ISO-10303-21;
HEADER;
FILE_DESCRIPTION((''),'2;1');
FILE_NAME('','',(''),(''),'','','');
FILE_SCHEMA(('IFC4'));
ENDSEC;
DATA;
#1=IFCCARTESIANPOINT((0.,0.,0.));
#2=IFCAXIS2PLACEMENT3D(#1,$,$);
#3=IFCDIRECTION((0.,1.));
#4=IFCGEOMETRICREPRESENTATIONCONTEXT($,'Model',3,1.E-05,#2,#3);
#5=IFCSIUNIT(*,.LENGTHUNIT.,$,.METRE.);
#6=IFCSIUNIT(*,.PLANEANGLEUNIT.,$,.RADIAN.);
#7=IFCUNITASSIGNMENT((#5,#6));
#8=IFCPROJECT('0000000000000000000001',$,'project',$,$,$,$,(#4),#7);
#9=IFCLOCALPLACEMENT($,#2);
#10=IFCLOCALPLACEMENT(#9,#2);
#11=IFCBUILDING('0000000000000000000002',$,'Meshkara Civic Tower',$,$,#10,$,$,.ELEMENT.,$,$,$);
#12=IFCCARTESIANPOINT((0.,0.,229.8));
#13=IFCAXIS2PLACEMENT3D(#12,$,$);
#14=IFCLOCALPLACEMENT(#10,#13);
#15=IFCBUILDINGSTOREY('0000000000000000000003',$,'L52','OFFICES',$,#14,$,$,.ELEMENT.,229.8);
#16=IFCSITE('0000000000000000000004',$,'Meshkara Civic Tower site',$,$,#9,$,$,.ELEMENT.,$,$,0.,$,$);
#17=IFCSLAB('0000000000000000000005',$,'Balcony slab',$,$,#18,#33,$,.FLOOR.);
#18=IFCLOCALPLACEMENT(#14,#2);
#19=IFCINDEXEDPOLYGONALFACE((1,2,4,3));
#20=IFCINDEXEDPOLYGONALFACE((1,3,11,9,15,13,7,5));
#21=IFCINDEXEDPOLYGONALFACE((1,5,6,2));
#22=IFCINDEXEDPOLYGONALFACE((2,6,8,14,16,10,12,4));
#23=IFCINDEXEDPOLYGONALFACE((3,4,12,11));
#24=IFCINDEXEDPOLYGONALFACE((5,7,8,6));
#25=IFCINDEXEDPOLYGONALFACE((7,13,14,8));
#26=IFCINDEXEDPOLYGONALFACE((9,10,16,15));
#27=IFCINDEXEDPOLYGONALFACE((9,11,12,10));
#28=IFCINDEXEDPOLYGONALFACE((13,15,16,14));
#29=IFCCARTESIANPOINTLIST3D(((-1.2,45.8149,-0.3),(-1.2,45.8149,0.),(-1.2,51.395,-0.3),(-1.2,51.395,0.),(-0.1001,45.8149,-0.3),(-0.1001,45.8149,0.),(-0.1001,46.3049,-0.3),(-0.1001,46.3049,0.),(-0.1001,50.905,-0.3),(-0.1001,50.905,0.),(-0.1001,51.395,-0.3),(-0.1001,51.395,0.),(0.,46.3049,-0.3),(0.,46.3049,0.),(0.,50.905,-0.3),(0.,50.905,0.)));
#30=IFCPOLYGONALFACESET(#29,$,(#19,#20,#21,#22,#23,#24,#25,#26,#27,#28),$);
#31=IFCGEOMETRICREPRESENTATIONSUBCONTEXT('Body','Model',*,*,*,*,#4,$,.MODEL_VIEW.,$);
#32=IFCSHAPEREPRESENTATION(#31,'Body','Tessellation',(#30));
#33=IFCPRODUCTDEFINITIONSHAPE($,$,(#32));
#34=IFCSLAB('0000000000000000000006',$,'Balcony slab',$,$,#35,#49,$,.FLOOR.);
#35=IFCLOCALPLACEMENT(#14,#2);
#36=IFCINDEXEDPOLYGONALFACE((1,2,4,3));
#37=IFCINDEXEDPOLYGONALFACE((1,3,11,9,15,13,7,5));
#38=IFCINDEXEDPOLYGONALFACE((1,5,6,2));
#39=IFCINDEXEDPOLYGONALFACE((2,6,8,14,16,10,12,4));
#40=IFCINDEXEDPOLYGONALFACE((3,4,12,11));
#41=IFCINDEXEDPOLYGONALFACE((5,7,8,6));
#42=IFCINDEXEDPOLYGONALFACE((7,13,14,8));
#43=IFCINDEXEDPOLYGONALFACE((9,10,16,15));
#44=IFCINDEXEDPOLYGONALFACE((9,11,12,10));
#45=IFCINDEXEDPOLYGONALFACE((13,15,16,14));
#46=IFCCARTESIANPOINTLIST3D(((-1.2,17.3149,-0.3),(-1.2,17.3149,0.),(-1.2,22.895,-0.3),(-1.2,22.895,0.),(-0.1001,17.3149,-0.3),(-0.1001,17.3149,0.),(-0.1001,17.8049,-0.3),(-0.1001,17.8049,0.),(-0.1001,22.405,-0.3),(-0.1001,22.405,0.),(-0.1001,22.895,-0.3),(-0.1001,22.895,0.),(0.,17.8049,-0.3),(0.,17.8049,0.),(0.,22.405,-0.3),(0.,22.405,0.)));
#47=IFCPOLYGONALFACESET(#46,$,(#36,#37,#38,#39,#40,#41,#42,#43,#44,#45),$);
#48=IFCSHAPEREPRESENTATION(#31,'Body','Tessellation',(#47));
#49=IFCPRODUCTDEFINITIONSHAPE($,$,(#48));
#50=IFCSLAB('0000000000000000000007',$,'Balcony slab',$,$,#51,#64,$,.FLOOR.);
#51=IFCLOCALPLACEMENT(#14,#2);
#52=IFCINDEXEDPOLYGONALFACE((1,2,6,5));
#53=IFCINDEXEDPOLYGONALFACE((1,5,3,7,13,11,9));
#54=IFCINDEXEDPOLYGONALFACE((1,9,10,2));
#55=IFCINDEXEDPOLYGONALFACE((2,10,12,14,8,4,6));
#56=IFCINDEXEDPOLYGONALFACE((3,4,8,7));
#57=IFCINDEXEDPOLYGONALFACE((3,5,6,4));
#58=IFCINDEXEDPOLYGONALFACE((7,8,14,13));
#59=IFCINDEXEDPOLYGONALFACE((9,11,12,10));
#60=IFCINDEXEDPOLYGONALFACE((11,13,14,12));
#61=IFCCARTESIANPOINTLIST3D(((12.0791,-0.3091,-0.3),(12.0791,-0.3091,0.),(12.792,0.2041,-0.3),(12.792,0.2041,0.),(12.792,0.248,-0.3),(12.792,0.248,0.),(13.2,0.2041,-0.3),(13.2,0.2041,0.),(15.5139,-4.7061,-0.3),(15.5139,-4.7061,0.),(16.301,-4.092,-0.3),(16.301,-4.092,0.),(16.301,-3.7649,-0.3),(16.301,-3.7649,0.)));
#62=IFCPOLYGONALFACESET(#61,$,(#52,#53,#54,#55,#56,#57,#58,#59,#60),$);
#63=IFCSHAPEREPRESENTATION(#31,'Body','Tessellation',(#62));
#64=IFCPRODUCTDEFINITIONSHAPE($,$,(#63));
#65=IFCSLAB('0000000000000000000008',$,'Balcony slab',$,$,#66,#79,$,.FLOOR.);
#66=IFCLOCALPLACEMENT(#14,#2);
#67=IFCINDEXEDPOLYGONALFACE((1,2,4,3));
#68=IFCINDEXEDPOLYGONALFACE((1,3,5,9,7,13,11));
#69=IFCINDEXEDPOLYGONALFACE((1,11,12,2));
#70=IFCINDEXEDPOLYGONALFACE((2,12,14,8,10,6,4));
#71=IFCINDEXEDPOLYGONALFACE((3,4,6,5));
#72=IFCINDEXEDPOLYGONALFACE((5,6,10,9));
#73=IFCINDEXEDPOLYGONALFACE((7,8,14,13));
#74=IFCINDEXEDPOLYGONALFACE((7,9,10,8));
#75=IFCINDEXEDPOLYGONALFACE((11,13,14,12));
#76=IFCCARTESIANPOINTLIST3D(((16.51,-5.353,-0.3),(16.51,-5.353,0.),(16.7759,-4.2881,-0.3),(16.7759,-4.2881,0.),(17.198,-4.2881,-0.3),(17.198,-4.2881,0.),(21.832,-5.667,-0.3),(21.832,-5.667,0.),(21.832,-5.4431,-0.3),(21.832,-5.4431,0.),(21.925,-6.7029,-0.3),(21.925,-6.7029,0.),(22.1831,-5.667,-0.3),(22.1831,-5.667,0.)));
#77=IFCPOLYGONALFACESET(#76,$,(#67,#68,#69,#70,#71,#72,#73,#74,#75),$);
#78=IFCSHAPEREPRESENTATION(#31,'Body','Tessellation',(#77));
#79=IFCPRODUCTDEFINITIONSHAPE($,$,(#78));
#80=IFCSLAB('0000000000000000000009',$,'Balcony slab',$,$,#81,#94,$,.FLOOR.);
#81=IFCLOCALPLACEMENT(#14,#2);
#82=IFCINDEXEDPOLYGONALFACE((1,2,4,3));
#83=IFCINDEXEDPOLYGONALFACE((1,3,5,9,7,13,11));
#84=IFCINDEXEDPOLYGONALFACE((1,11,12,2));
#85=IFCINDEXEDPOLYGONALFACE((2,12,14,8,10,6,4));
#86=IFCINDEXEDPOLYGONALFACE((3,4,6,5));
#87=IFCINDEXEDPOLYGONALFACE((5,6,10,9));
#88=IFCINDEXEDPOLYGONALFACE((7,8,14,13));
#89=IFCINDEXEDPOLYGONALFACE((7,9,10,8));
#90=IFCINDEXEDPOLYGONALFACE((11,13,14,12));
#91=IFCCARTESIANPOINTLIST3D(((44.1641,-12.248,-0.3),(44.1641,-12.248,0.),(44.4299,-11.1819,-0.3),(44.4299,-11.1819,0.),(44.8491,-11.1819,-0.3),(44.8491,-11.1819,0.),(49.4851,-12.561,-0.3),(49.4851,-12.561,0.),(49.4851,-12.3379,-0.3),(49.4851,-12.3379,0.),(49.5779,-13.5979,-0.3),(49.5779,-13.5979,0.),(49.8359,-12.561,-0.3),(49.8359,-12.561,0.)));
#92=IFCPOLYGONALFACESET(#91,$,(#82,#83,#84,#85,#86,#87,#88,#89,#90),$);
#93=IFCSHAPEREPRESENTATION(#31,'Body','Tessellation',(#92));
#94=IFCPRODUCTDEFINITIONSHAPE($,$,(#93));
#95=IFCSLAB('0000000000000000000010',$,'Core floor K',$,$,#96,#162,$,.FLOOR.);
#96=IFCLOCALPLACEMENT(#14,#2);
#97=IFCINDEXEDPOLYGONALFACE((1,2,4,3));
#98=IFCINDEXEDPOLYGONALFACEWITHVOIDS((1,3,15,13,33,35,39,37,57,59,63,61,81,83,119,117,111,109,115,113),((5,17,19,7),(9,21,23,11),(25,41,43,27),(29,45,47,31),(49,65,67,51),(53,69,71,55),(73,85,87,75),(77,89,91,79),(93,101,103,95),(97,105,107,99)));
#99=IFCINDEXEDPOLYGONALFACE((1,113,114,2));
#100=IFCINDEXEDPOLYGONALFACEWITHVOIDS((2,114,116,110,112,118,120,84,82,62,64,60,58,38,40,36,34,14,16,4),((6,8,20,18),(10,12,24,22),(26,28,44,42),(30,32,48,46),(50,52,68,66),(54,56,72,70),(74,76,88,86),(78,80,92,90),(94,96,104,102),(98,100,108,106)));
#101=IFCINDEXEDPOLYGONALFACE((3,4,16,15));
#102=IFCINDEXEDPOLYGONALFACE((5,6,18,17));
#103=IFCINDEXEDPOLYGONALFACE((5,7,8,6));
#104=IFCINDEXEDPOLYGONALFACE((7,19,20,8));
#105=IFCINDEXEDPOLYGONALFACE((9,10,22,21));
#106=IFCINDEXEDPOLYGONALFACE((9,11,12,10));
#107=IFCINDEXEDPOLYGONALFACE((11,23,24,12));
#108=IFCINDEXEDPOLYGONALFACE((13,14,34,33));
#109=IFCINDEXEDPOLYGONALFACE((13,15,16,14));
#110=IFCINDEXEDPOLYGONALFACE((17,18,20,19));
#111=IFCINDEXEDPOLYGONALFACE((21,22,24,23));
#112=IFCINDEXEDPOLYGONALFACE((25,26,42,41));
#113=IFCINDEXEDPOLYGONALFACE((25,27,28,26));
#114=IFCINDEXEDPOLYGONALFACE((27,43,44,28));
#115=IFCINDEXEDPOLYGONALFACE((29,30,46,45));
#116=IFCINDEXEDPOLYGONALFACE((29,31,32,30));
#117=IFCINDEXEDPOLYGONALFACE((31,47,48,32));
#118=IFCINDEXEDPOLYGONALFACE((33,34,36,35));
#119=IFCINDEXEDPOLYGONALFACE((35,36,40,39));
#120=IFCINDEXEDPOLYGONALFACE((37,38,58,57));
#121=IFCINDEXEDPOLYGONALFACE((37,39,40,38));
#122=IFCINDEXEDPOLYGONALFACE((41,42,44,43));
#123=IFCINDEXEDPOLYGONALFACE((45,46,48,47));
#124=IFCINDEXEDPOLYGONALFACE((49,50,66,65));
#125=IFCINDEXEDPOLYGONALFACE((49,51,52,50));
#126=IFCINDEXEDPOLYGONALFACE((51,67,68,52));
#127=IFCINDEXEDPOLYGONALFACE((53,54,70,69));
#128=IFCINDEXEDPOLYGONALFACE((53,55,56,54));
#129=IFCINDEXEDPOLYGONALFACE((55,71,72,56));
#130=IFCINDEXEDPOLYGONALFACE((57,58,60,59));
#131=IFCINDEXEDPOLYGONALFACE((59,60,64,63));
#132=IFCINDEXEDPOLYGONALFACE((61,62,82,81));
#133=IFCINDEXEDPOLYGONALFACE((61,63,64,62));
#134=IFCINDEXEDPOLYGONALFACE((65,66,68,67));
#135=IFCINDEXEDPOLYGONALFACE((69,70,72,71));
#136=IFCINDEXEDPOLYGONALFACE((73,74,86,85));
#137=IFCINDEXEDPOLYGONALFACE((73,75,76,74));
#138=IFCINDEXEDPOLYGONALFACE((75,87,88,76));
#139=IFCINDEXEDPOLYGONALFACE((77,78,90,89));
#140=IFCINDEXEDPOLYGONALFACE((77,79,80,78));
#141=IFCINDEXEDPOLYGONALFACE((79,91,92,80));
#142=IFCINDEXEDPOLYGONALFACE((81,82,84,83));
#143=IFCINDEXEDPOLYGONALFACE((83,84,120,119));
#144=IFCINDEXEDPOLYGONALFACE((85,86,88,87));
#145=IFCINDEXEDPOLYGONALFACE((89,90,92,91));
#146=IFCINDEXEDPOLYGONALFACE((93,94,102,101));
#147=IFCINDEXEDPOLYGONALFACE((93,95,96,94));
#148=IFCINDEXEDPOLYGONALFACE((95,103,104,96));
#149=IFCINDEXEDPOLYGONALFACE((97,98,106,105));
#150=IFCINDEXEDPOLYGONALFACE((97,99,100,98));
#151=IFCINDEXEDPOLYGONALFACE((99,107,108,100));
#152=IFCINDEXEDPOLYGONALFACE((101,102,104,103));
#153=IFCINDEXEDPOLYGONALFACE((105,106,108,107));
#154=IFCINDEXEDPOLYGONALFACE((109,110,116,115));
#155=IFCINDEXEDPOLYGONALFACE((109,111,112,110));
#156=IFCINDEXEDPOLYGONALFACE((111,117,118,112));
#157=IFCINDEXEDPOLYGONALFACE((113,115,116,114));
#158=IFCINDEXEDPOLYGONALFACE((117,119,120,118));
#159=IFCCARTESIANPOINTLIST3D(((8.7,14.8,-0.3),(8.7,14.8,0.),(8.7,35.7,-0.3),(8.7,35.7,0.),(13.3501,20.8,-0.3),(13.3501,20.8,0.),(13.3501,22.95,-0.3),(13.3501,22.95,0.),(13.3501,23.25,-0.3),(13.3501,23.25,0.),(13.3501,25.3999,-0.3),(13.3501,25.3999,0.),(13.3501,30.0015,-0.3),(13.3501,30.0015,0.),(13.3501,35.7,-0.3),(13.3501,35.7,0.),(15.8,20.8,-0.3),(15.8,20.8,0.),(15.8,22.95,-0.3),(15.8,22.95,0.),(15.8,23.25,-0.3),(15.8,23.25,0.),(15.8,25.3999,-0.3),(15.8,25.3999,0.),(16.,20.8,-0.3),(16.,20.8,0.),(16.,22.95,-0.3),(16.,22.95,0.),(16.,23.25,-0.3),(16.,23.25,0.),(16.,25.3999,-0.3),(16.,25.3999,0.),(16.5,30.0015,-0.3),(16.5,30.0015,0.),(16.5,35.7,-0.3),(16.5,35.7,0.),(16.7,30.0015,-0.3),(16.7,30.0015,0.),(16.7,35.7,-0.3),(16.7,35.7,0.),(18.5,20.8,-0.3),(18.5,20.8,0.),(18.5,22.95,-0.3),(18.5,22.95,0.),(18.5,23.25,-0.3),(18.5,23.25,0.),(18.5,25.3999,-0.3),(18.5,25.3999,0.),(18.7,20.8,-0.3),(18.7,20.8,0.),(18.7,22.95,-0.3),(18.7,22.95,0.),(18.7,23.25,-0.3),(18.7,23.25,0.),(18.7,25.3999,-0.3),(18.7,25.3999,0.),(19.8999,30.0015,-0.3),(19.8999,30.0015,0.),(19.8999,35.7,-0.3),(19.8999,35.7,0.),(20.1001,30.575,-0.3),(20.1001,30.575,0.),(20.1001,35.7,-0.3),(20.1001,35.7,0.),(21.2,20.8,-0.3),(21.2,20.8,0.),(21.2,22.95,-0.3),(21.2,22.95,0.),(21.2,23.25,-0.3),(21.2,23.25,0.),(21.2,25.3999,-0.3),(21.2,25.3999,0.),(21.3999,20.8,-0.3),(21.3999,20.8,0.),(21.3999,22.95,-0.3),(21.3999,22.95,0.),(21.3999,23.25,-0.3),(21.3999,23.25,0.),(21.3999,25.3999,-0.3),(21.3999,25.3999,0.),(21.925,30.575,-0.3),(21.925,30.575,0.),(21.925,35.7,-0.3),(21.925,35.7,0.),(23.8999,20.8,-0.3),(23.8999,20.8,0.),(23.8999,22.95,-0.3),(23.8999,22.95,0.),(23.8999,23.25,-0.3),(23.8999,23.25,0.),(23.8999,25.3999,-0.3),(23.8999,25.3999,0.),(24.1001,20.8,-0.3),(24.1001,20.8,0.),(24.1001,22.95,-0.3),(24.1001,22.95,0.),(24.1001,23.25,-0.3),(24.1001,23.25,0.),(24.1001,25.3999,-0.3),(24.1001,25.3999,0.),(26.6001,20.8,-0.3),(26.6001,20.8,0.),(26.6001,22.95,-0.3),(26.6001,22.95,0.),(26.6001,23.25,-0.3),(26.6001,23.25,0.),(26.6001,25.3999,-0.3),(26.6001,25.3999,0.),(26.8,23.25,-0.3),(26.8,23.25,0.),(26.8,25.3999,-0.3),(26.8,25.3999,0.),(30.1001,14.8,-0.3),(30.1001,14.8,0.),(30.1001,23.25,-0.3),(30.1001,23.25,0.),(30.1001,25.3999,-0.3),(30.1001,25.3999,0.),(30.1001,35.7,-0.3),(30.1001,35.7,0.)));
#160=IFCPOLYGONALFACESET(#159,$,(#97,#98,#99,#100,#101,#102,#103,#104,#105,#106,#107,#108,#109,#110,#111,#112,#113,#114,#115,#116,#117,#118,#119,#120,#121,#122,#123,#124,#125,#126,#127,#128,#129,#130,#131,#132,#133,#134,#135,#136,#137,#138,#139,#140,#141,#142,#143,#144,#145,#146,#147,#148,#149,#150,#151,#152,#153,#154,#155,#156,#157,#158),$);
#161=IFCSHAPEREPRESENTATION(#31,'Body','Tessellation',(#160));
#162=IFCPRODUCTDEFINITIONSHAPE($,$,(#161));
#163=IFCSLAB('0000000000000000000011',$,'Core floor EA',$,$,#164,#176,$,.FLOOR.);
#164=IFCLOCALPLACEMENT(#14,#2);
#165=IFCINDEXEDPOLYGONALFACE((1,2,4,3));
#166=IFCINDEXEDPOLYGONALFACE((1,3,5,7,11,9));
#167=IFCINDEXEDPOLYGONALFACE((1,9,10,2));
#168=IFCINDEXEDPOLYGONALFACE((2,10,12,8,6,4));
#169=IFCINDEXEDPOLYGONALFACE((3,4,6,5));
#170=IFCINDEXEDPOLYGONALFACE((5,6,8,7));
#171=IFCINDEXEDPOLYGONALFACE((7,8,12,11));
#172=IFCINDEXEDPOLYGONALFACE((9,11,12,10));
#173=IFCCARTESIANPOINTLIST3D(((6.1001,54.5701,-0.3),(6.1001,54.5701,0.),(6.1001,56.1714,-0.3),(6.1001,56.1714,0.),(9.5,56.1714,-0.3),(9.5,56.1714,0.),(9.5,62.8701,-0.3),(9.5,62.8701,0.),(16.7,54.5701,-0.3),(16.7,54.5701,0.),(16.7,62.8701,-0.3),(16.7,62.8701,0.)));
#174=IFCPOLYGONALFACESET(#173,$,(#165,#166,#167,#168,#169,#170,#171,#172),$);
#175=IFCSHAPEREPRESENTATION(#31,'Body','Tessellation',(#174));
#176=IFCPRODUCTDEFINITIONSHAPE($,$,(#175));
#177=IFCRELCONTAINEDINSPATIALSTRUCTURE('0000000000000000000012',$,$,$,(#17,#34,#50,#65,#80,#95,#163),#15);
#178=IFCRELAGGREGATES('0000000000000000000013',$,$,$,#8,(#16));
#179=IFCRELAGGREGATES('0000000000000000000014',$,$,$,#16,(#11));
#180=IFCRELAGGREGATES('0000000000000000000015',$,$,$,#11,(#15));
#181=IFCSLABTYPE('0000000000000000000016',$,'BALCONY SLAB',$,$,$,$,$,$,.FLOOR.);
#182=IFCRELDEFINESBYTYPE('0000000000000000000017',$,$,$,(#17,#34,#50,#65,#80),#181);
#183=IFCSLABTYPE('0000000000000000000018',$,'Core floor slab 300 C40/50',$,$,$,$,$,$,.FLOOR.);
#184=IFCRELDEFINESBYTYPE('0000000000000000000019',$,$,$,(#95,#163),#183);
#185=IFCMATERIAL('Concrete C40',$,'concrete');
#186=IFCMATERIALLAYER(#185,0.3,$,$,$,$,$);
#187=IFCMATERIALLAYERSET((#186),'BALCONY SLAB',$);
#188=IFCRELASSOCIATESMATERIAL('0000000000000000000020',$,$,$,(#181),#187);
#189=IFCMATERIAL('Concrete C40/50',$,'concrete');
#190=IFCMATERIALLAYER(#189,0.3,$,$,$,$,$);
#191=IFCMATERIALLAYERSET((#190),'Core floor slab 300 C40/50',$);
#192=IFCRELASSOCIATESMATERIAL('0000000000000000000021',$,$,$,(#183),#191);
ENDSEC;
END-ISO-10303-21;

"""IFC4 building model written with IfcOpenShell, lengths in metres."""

from ifc_helpers import new_model, si_unit, direction, frame, origin, place, context, subcontext, project, spatial, polyline, outline, extrude, material, layer, layer_set, type_object, element, save


model = new_model("IFC4")

# Units and contexts
model_context = context("Model", 3, precision=1e-05, world=origin(), true_north=direction((0.0, 1.0)))
body_context = subcontext(model_context, "Body", "Model", "MODEL_VIEW")
ifc_project = project(units=[si_unit("LENGTHUNIT", "METRE"), si_unit("PLANEANGLEUNIT", "RADIAN")], contexts=[model_context])

# Site, building, storey
site_placement = place(None, origin())
site = spatial("IfcSite", under=ifc_project, at=site_placement, Name="Meshkara Civic Tower site", CompositionType="ELEMENT", RefElevation=0.0)
building_placement = place(site_placement, origin())
building = spatial("IfcBuilding", under=site, at=building_placement, Name="Meshkara Civic Tower", CompositionType="ELEMENT")
storey_placement = place(building_placement, frame((0.0, 0.0, 229.8)))
storey = spatial("IfcBuildingStorey", under=building, at=storey_placement, Name="L52", Description="OFFICES", CompositionType="ELEMENT", Elevation=229.8)

# Slabs
ifc_material_1 = material(Name="Concrete C40", Category="concrete")
ifc_layer_1 = layer(ifc_material_1, 0.3)
ifc_layer_set_1 = layer_set([ifc_layer_1], Name="BALCONY SLAB")
slab_type_1 = type_object("IfcSlabType", Name="BALCONY SLAB", PredefinedType="FLOOR", material=ifc_layer_set_1)
slab_1_placement = place(storey_placement, frame((0.0, 0.0, -0.3)))
element("IfcSlab", 1, at=slab_1_placement, inside=storey, type_object=slab_type_1, Name="Balcony slab", PredefinedType="FLOOR", context=body_context, shape_type="SweptSolid", body=[
    extrude(outline(polyline([(-1.2, 45.8149), (-1.2, 51.395), (-0.1001, 51.395), (-0.1001, 50.905), (0.0, 50.905), (0.0, 46.3049), (-0.1001, 46.3049), (-0.1001, 45.8149), (-1.2, 45.8149)])), origin(), (0.0, 0.0, 1.0), 0.3),
])
slab_2_placement = place(storey_placement, frame((0.0, 0.0, -0.3)))
element("IfcSlab", 2, at=slab_2_placement, inside=storey, type_object=slab_type_1, Name="Balcony slab", PredefinedType="FLOOR", context=body_context, shape_type="SweptSolid", body=[
    extrude(outline(polyline([(-1.2, 17.3149), (-1.2, 22.895), (-0.1001, 22.895), (-0.1001, 22.405), (0.0, 22.405), (0.0, 17.8049), (-0.1001, 17.8049), (-0.1001, 17.3149), (-1.2, 17.3149)])), origin(), (0.0, 0.0, 1.0), 0.3),
])
slab_3_placement = place(storey_placement, frame((0.0, 0.0, -0.3)))
element("IfcSlab", 3, at=slab_3_placement, inside=storey, type_object=slab_type_1, Name="Balcony slab", PredefinedType="FLOOR", context=body_context, shape_type="SweptSolid", body=[
    extrude(outline(polyline([(15.5139, -4.7061), (12.0791, -0.3091), (12.792, 0.248), (12.792, 0.2041), (13.2, 0.2041), (16.301, -3.7649), (16.301, -4.092), (15.5139, -4.7061)])), origin(), (0.0, 0.0, 1.0), 0.3),
])
slab_4_placement = place(storey_placement, frame((0.0, 0.0, -0.3)))
element("IfcSlab", 4, at=slab_4_placement, inside=storey, type_object=slab_type_1, Name="Balcony slab", PredefinedType="FLOOR", context=body_context, shape_type="SweptSolid", body=[
    extrude(outline(polyline([(21.925, -6.7029), (16.51, -5.353), (16.7759, -4.2881), (17.198, -4.2881), (21.832, -5.4431), (21.832, -5.667), (22.1831, -5.667), (21.925, -6.7029)])), origin(), (0.0, 0.0, 1.0), 0.3),
])
slab_5_placement = place(storey_placement, frame((0.0, 0.0, -0.3)))
element("IfcSlab", 5, at=slab_5_placement, inside=storey, type_object=slab_type_1, Name="Balcony slab", PredefinedType="FLOOR", context=body_context, shape_type="SweptSolid", body=[
    extrude(outline(polyline([(49.5779, -13.5979), (44.1641, -12.248), (44.4299, -11.1819), (44.8491, -11.1819), (49.4851, -12.3379), (49.4851, -12.561), (49.8359, -12.561), (49.5779, -13.5979)])), origin(), (0.0, 0.0, 1.0), 0.3),
])
ifc_material_2 = material(Name="Concrete C40/50", Category="concrete")
ifc_layer_2 = layer(ifc_material_2, 0.3)
ifc_layer_set_2 = layer_set([ifc_layer_2], Name="Core floor slab 300 C40/50")
slab_type_2 = type_object("IfcSlabType", Name="Core floor slab 300 C40/50", PredefinedType="FLOOR", material=ifc_layer_set_2)
slab_6_placement = place(storey_placement, frame((0.0, 0.0, -0.3)))
element("IfcSlab", 6, at=slab_6_placement, inside=storey, type_object=slab_type_2, Name="Core floor K", PredefinedType="FLOOR", context=body_context, shape_type="SweptSolid", body=[
    extrude(outline(polyline([(8.7, 35.7), (13.3501, 35.7), (13.3501, 30.0015), (16.5, 30.0015), (16.5, 35.7), (16.7, 35.7), (16.7, 30.0015), (19.8999, 30.0015), (19.8999, 35.7), (20.1001, 35.7), (20.1001, 30.575), (21.925, 30.575), (21.925, 35.7), (30.1001, 35.7), (30.1001, 25.3999), (26.8, 25.3999), (26.8, 23.25), (30.1001, 23.25), (30.1001, 14.8), (8.7, 14.8), (8.7, 35.7)]), holes=[polyline([(15.8, 22.95), (13.3501, 22.95), (13.3501, 20.8), (15.8, 20.8), (15.8, 22.95)]), polyline([(16.0, 22.95), (16.0, 20.8), (18.5, 20.8), (18.5, 22.95), (16.0, 22.95)]), polyline([(18.7, 22.95), (18.7, 20.8), (21.2, 20.8), (21.2, 22.95), (18.7, 22.95)]), polyline([(15.8, 23.25), (15.8, 25.3999), (13.3501, 25.3999), (13.3501, 23.25), (15.8, 23.25)]), polyline([(16.0, 25.3999), (16.0, 23.25), (18.5, 23.25), (18.5, 25.3999), (16.0, 25.3999)]), polyline([(21.3999, 20.8), (23.8999, 20.8), (23.8999, 22.95), (21.3999, 22.95), (21.3999, 20.8)]), polyline([(24.1001, 20.8), (26.6001, 20.8), (26.6001, 22.95), (24.1001, 22.95), (24.1001, 20.8)]), polyline([(18.7, 25.3999), (18.7, 23.25), (21.2, 23.25), (21.2, 25.3999), (18.7, 25.3999)]), polyline([(21.3999, 25.3999), (21.3999, 23.25), (23.8999, 23.25), (23.8999, 25.3999), (21.3999, 25.3999)]), polyline([(24.1001, 23.25), (26.6001, 23.25), (26.6001, 25.3999), (24.1001, 25.3999), (24.1001, 23.25)])]), origin(), (0.0, 0.0, 1.0), 0.3),
])
slab_7_placement = place(storey_placement, frame((0.0, 0.0, -0.3)))
element("IfcSlab", 7, at=slab_7_placement, inside=storey, type_object=slab_type_2, Name="Core floor EA", PredefinedType="FLOOR", context=body_context, shape_type="SweptSolid", body=[
    extrude(outline(polyline([(16.7, 54.5701), (16.7, 62.8701), (9.5, 62.8701), (9.5, 56.1714), (6.1001, 56.1714), (6.1001, 54.5701), (16.7, 54.5701)])), origin(), (0.0, 0.0, 1.0), 0.3),
])

save(model, "model.ifc")
